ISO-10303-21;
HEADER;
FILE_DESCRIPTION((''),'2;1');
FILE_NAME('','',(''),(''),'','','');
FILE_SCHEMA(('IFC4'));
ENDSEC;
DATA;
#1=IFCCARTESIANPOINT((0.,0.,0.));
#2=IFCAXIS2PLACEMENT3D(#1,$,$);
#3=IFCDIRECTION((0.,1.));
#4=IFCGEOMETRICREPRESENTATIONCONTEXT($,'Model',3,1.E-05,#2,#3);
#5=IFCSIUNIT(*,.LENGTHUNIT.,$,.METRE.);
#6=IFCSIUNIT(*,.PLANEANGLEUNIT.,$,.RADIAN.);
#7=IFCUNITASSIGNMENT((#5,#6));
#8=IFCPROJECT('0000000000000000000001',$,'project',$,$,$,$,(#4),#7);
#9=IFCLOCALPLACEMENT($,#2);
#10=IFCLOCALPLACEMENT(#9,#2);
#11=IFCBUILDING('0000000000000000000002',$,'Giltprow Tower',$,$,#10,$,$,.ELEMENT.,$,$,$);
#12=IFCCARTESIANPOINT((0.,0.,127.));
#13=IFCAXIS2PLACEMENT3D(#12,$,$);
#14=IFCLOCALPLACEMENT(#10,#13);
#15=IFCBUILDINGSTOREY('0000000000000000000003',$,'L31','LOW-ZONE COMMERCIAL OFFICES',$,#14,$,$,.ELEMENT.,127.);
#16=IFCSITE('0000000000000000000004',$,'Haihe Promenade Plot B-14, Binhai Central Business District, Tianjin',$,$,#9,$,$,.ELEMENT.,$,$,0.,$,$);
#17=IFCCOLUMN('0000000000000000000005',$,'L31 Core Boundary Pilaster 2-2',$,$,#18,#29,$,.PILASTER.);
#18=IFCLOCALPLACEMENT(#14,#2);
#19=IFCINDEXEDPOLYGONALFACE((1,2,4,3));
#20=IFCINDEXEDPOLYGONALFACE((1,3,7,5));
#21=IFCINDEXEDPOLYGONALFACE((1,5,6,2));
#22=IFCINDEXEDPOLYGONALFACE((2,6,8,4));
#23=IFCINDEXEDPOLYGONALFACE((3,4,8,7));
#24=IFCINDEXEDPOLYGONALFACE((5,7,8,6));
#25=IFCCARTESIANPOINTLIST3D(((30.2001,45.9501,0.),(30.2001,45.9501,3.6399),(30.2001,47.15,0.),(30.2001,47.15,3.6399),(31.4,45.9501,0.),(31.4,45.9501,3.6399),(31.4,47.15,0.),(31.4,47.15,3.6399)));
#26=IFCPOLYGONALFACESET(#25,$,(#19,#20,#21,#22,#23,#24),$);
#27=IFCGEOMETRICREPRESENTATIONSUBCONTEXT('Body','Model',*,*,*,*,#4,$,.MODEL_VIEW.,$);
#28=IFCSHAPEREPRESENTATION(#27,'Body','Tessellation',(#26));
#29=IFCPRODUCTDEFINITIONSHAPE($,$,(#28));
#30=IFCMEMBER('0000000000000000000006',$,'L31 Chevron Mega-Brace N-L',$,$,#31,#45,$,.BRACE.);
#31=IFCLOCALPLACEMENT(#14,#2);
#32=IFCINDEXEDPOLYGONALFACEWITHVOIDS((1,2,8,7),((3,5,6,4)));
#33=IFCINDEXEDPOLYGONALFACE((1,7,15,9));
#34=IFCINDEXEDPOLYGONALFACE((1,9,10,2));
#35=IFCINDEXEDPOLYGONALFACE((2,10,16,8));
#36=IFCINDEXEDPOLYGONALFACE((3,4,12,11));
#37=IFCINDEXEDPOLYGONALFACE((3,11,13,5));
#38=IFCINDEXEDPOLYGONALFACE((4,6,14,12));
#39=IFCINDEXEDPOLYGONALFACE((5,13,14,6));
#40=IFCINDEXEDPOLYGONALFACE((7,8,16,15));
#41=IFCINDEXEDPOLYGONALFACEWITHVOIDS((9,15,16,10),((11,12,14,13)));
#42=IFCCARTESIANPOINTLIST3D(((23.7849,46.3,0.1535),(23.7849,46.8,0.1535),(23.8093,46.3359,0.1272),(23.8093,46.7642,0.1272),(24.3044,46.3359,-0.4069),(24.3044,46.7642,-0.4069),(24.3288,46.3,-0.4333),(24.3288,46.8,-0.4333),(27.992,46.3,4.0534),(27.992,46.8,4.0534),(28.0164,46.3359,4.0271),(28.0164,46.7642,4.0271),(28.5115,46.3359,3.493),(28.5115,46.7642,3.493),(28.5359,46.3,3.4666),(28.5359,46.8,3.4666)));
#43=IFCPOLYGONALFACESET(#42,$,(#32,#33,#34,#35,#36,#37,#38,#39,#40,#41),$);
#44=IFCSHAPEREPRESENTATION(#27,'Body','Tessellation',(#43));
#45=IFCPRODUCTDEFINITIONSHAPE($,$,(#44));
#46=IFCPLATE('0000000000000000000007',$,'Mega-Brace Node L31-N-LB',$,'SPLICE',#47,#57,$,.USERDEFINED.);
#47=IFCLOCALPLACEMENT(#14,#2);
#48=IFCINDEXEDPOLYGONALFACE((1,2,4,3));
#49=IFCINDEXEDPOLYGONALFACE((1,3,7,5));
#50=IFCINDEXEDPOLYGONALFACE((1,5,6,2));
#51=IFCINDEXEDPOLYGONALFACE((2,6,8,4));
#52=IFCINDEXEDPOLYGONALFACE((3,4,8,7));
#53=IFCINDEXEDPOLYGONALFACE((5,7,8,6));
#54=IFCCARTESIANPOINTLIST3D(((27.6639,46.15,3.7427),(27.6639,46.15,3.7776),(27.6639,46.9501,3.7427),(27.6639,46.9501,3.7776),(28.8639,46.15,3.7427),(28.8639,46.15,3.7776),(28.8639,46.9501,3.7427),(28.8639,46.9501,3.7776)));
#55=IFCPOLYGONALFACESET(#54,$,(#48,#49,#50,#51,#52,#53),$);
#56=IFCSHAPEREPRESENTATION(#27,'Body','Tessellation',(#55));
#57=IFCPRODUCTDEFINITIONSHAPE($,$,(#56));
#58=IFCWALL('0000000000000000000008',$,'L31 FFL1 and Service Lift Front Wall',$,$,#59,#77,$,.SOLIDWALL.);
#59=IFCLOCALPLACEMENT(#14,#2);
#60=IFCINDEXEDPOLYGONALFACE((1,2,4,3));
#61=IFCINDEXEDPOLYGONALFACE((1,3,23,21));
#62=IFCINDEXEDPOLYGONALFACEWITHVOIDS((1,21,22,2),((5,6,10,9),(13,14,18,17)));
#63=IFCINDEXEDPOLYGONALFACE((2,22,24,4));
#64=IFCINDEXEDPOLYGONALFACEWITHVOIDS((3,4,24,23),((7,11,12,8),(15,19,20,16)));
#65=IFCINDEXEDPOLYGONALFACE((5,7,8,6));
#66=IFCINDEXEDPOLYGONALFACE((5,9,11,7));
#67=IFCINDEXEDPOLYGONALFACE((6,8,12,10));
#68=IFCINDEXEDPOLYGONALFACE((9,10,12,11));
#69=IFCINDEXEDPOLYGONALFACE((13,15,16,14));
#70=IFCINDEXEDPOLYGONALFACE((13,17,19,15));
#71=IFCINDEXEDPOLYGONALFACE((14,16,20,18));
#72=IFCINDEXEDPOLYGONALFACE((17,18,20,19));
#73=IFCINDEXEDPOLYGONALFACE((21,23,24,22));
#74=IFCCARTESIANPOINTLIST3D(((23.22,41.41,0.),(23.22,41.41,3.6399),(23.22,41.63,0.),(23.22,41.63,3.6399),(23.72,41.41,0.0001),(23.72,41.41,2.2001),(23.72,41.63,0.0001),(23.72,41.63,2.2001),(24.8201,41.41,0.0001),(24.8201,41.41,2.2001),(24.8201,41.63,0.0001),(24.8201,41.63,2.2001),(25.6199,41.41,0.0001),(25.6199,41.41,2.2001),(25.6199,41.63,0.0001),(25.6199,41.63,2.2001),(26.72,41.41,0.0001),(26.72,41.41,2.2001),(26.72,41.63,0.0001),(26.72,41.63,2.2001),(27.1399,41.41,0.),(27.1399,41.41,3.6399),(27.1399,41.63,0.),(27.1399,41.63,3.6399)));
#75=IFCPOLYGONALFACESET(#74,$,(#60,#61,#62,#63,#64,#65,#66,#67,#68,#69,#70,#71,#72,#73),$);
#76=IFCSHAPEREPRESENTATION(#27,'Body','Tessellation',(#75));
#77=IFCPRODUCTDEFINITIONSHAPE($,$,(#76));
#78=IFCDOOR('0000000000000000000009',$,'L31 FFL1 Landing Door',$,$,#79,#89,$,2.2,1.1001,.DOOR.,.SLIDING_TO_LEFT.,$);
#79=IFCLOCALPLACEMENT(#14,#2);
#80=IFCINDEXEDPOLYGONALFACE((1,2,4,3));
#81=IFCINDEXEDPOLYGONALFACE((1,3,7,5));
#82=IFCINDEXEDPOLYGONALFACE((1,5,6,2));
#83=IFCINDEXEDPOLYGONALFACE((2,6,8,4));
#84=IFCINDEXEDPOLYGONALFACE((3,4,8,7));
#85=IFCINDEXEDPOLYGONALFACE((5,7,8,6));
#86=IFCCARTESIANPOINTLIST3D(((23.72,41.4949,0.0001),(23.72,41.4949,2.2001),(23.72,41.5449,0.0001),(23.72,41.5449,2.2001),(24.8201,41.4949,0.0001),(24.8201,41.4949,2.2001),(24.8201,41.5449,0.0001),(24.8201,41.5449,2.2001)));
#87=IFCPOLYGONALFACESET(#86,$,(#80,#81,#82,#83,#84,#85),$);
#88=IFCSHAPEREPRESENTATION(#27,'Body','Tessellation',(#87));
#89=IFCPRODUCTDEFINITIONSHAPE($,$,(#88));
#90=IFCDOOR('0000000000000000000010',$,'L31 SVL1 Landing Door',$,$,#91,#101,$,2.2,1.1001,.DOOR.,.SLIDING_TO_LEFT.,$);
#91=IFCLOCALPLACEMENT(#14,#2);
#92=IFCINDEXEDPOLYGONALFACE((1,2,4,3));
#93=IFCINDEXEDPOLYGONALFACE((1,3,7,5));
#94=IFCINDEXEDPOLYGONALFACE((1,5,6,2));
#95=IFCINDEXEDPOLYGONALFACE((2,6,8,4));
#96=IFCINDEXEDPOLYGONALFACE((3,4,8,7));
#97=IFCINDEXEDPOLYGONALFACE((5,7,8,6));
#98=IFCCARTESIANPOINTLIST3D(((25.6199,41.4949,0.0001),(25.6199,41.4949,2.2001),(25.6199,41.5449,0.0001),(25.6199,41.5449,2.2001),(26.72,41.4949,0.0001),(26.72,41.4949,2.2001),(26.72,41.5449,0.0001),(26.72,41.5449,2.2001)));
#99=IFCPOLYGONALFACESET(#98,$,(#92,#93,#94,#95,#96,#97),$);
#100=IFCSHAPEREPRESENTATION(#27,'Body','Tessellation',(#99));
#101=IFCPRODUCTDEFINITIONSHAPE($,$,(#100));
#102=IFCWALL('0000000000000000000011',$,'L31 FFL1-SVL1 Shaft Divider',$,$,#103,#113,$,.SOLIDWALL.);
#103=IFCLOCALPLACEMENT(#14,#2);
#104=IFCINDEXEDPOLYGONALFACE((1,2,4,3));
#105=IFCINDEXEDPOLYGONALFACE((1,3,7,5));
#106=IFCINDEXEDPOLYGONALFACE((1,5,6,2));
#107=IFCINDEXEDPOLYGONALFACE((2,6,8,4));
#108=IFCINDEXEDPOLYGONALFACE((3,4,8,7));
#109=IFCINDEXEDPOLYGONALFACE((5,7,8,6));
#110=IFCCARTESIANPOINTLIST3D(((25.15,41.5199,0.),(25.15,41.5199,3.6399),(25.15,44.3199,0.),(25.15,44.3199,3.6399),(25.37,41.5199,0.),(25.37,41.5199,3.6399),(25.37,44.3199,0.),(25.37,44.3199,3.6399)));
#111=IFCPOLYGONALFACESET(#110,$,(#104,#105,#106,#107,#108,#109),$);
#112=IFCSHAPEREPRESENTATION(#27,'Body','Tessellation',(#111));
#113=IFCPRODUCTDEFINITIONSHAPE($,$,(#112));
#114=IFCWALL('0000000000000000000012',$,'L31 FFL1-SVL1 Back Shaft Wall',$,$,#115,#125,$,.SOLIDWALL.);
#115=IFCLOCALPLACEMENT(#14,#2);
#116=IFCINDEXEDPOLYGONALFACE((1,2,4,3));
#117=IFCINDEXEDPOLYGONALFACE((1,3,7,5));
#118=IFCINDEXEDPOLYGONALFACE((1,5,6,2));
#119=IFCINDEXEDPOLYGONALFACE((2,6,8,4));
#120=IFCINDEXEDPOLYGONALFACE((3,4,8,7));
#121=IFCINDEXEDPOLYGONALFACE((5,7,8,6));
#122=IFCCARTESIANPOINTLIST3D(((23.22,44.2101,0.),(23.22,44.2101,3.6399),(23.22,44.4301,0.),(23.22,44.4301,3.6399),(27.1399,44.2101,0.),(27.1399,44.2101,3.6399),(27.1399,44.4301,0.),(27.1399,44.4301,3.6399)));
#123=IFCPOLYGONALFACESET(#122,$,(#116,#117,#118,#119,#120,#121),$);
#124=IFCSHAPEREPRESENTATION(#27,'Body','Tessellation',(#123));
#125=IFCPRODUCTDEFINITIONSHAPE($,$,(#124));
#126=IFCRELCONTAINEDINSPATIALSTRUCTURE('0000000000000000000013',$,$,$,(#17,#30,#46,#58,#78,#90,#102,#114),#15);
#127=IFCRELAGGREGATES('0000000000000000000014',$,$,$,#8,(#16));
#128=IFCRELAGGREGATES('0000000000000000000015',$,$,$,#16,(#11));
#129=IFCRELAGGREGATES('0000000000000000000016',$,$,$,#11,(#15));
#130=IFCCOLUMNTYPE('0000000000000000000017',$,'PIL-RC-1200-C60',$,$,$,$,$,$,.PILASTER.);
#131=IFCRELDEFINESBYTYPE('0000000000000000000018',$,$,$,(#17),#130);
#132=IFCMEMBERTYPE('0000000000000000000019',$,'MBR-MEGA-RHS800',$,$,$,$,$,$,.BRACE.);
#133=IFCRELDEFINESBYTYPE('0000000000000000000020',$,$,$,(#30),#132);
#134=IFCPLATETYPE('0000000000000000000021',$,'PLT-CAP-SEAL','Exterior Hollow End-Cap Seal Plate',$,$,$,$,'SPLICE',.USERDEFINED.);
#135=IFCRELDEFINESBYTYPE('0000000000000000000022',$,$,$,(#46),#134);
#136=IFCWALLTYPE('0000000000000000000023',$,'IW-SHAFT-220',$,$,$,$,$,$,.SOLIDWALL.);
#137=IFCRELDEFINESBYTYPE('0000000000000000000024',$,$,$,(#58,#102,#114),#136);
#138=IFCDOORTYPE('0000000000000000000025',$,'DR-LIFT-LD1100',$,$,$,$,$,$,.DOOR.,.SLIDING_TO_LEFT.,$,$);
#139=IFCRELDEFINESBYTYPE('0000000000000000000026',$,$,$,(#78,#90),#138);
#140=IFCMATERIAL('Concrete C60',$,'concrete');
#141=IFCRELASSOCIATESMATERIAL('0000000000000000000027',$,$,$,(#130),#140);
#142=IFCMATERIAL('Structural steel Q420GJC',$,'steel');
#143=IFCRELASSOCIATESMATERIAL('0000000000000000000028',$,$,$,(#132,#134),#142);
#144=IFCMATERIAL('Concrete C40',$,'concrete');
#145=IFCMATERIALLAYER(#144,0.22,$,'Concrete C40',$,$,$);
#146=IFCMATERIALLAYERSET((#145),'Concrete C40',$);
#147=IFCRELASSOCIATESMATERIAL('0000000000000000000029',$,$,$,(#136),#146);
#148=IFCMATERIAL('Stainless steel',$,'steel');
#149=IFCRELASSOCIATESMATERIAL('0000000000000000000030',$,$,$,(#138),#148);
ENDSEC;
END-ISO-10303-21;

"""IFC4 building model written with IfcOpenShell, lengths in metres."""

from ifc_helpers import new_model, si_unit, direction, frame, frame_2d, origin, origin_2d, place, context, subcontext, project, spatial, rectangle, hollow_rectangle, extrude, source, transform, mapped, material, layer, layer_set, material_profile, profile_set, type_object, element, fill, save


model = new_model("IFC4")

# Units and contexts
model_context = context("Model", 3, precision=1e-05, world=origin(), true_north=direction((0.0, 1.0)))
body_context = subcontext(model_context, "Body", "Model", "MODEL_VIEW")
ifc_project = project(units=[si_unit("LENGTHUNIT", "METRE"), si_unit("PLANEANGLEUNIT", "RADIAN")], contexts=[model_context])

# Site, building, storey
site_placement = place(None, origin())
site = spatial("IfcSite", under=ifc_project, at=site_placement, Name="Haihe Promenade Plot B-14, Binhai Central Business District, Tianjin", CompositionType="ELEMENT", RefElevation=0.0)
building_placement = place(site_placement, origin())
building = spatial("IfcBuilding", under=site, at=building_placement, Name="Giltprow Tower", CompositionType="ELEMENT")
storey_placement = place(building_placement, frame((0.0, 0.0, 127.0)))
storey = spatial("IfcBuildingStorey", under=building, at=storey_placement, Name="L31", Description="LOW-ZONE COMMERCIAL OFFICES", CompositionType="ELEMENT", Elevation=127.0)

# Column
ifc_material_1 = material(Name="Concrete C60", Category="concrete")
ifc_material_profile_1 = material_profile(ifc_material_1, rectangle(XDim=1.2, YDim=1.2, at=origin_2d()), Name="RC 1200x1200")
ifc_profile_set_1 = profile_set([ifc_material_profile_1], Name="Concrete C60")
column_type = type_object("IfcColumnType", Name="PIL-RC-1200-C60", PredefinedType="PILASTER", material=ifc_profile_set_1)
shared_shape_1 = source(origin(), body_context, "Body", "SweptSolid", [
    extrude(rectangle(XDim=1.2, YDim=1.2, at=origin_2d()), origin(), (0.0, 0.0, 1.0), 3.6399),
])
column_placement = place(storey_placement, frame((30.8, 46.55, 0.0), z_axis=(0.0, 0.0, 1.0), x_axis=(1.0, 0.0, 0.0)))
element("IfcColumn", 1, at=column_placement, inside=storey, type_object=column_type, Name="L31 Core Boundary Pilaster 2-2", PredefinedType="PILASTER", context=body_context, shape_type="MappedRepresentation", body=[
    mapped(shared_shape_1, transform((0.0, 0.0, 0.0), x_axis=(1.0, 0.0, 0.0), y_axis=(0.0, 1.0, 0.0), z_axis=(0.0, 0.0, 1.0), scale=1.0)),
])

# Member
ifc_material_2 = material(Name="Structural steel Q420GJC", Category="steel")
ifc_material_profile_2 = material_profile(ifc_material_2, hollow_rectangle(XDim=0.5, YDim=0.8, WallThickness=0.0359, at=origin_2d()), Name="RHS 800x500x36")
ifc_profile_set_2 = profile_set([ifc_material_profile_2], Name="Structural steel Q420GJC")
member_type = type_object("IfcMemberType", Name="MBR-MEGA-RHS800", PredefinedType="BRACE", material=ifc_profile_set_2)
shared_shape_2 = source(origin(), body_context, "Body", "SweptSolid", [
    extrude(hollow_rectangle(XDim=0.5, YDim=0.8, WallThickness=0.0359, at=origin_2d()), origin(), (0.0, 0.0, 1.0), 5.7366),
])
member_placement = place(storey_placement, frame((24.0569, 46.55, -0.1399), z_axis=(0.733369, 0.0, 0.679831), x_axis=(0.0, 1.0, 0.0)))
element("IfcMember", 2, at=member_placement, inside=storey, type_object=member_type, Name="L31 Chevron Mega-Brace N-L", PredefinedType="BRACE", context=body_context, shape_type="MappedRepresentation", body=[
    mapped(shared_shape_2, transform((0.0, 0.0, 0.0), x_axis=(1.0, 0.0, 0.0), y_axis=(0.0, 1.0, 0.0), z_axis=(0.0, 0.0, 1.0), scale=1.0)),
])

# Plate
plate_type = type_object("IfcPlateType", Name="PLT-CAP-SEAL", Description="Exterior Hollow End-Cap Seal Plate", ElementType="SPLICE", PredefinedType="USERDEFINED", material=ifc_material_2)
shared_shape_3 = source(origin(), body_context, "Body", "SweptSolid", [
    extrude(rectangle(XDim=1.2, YDim=0.8, at=origin_2d()), origin(), (0.0, 0.0, 1.0), 0.0349),
])
plate_placement = place(storey_placement, frame((28.2639, 46.55, 3.7427), z_axis=(0.0, 0.0, 1.0), x_axis=(1.0, 0.0, 0.0)))
element("IfcPlate", 3, at=plate_placement, inside=storey, type_object=plate_type, Name="Mega-Brace Node L31-N-LB", ObjectType="SPLICE", PredefinedType="USERDEFINED", context=body_context, shape_type="MappedRepresentation", body=[
    mapped(shared_shape_3, transform((0.0, 0.0, 0.0), x_axis=(1.0, 0.0, 0.0), y_axis=(0.0, 1.0, 0.0), z_axis=(0.0, 0.0, 1.0), scale=1.0)),
])

# Wall, openings, doors
ifc_material_3 = material(Name="Concrete C40", Category="concrete")
ifc_layer_1 = layer(ifc_material_3, 0.22, Name="Concrete C40")
ifc_layer_set_1 = layer_set([ifc_layer_1], Name="Concrete C40")
wall_type_1 = type_object("IfcWallType", Name="IW-SHAFT-220", PredefinedType="SOLIDWALL", material=ifc_layer_set_1)
wall_1_placement = place(storey_placement, frame((23.22, 41.52, 0.0), z_axis=(0.0, 0.0, 1.0), x_axis=(1.0, 0.0, 0.0)))
wall_1 = element("IfcWall", 4, at=wall_1_placement, inside=storey, type_object=wall_type_1, Name="L31 FFL1 and Service Lift Front Wall", PredefinedType="SOLIDWALL", context=body_context, shape_type="SweptSolid", body=[
    extrude(rectangle(XDim=3.9199, YDim=0.22, at=frame_2d((1.96, 0.0))), origin(), (0.0, 0.0, 1.0), 3.6399),
])
opening_1_placement = place(wall_1_placement, frame((0.5, 0.0, 0.0)))
opening_1 = element("IfcOpeningElement", 5, at=opening_1_placement, cuts=wall_1, PredefinedType="OPENING", context=body_context, shape_type="SweptSolid", body=[
    extrude(rectangle(XDim=1.1001, YDim=2.2, at=frame_2d((0.55, 1.1001))), frame((0.0, 0.1199, 0.0), z_axis=(0.0, -1.0, 0.0), x_axis=(1.0, 0.0, 0.0)), (0.0, 0.0, 1.0), 0.24),
])
opening_2_placement = place(wall_1_placement, frame((2.3999, 0.0, 0.0)))
opening_2 = element("IfcOpeningElement", 6, at=opening_2_placement, cuts=wall_1, PredefinedType="OPENING", context=body_context, shape_type="SweptSolid", body=[
    extrude(rectangle(XDim=1.1001, YDim=2.2, at=frame_2d((0.55, 1.1001))), frame((0.0, 0.1199, 0.0), z_axis=(0.0, -1.0, 0.0), x_axis=(1.0, 0.0, 0.0)), (0.0, 0.0, 1.0), 0.24),
])
ifc_material_4 = material(Name="Stainless steel", Category="steel")
door_type = type_object("IfcDoorType", Name="DR-LIFT-LD1100", OperationType="SLIDING_TO_LEFT", PredefinedType="DOOR", material=ifc_material_4)
shared_shape_4 = source(origin(), body_context, "Body", "SweptSolid", [
    extrude(rectangle(XDim=1.1001, YDim=2.2, at=frame_2d((0.55, 1.1001))), frame((0.0, 0.0249, 0.0), z_axis=(0.0, -1.0, 0.0), x_axis=(1.0, 0.0, 0.0)), (0.0, 0.0, 1.0), 0.05),
])
door_1_placement = place(opening_1_placement, origin())
door_1 = element("IfcDoor", 7, at=door_1_placement, inside=storey, type_object=door_type, Name="L31 FFL1 Landing Door", OperationType="SLIDING_TO_LEFT", OverallHeight=2.2, OverallWidth=1.1001, PredefinedType="DOOR", context=body_context, shape_type="MappedRepresentation", body=[
    mapped(shared_shape_4, transform((0.0, 0.0, 0.0), x_axis=(1.0, 0.0, 0.0), y_axis=(0.0, 1.0, 0.0), z_axis=(0.0, 0.0, 1.0), scale=1.0)),
])
fill(opening_1, door_1)
door_2_placement = place(opening_2_placement, origin())
door_2 = element("IfcDoor", 8, at=door_2_placement, inside=storey, type_object=door_type, Name="L31 SVL1 Landing Door", OperationType="SLIDING_TO_LEFT", OverallHeight=2.2, OverallWidth=1.1001, PredefinedType="DOOR", context=body_context, shape_type="MappedRepresentation", body=[
    mapped(shared_shape_4, transform((0.0, 0.0, 0.0), x_axis=(1.0, 0.0, 0.0), y_axis=(0.0, 1.0, 0.0), z_axis=(0.0, 0.0, 1.0), scale=1.0)),
])
fill(opening_2, door_2)

# Walls
wall_2_placement = place(storey_placement, frame((25.26, 41.52, 0.0), z_axis=(0.0, 0.0, 1.0), x_axis=(0.0, 1.0, 0.0)))
element("IfcWall", 9, at=wall_2_placement, inside=storey, type_object=wall_type_1, Name="L31 FFL1-SVL1 Shaft Divider", PredefinedType="SOLIDWALL", context=body_context, shape_type="SweptSolid", body=[
    extrude(rectangle(XDim=2.8, YDim=0.22, at=frame_2d((1.3999, 0.0))), origin(), (0.0, 0.0, 1.0), 3.6399),
])
wall_3_placement = place(storey_placement, frame((23.22, 44.3201, 0.0), z_axis=(0.0, 0.0, 1.0), x_axis=(1.0, 0.0, 0.0)))
element("IfcWall", 10, at=wall_3_placement, inside=storey, type_object=wall_type_1, Name="L31 FFL1-SVL1 Back Shaft Wall", PredefinedType="SOLIDWALL", context=body_context, shape_type="SweptSolid", body=[
    extrude(rectangle(XDim=3.9199, YDim=0.22, at=frame_2d((1.96, 0.0))), origin(), (0.0, 0.0, 1.0), 3.6399),
])

save(model, "model.ifc")
